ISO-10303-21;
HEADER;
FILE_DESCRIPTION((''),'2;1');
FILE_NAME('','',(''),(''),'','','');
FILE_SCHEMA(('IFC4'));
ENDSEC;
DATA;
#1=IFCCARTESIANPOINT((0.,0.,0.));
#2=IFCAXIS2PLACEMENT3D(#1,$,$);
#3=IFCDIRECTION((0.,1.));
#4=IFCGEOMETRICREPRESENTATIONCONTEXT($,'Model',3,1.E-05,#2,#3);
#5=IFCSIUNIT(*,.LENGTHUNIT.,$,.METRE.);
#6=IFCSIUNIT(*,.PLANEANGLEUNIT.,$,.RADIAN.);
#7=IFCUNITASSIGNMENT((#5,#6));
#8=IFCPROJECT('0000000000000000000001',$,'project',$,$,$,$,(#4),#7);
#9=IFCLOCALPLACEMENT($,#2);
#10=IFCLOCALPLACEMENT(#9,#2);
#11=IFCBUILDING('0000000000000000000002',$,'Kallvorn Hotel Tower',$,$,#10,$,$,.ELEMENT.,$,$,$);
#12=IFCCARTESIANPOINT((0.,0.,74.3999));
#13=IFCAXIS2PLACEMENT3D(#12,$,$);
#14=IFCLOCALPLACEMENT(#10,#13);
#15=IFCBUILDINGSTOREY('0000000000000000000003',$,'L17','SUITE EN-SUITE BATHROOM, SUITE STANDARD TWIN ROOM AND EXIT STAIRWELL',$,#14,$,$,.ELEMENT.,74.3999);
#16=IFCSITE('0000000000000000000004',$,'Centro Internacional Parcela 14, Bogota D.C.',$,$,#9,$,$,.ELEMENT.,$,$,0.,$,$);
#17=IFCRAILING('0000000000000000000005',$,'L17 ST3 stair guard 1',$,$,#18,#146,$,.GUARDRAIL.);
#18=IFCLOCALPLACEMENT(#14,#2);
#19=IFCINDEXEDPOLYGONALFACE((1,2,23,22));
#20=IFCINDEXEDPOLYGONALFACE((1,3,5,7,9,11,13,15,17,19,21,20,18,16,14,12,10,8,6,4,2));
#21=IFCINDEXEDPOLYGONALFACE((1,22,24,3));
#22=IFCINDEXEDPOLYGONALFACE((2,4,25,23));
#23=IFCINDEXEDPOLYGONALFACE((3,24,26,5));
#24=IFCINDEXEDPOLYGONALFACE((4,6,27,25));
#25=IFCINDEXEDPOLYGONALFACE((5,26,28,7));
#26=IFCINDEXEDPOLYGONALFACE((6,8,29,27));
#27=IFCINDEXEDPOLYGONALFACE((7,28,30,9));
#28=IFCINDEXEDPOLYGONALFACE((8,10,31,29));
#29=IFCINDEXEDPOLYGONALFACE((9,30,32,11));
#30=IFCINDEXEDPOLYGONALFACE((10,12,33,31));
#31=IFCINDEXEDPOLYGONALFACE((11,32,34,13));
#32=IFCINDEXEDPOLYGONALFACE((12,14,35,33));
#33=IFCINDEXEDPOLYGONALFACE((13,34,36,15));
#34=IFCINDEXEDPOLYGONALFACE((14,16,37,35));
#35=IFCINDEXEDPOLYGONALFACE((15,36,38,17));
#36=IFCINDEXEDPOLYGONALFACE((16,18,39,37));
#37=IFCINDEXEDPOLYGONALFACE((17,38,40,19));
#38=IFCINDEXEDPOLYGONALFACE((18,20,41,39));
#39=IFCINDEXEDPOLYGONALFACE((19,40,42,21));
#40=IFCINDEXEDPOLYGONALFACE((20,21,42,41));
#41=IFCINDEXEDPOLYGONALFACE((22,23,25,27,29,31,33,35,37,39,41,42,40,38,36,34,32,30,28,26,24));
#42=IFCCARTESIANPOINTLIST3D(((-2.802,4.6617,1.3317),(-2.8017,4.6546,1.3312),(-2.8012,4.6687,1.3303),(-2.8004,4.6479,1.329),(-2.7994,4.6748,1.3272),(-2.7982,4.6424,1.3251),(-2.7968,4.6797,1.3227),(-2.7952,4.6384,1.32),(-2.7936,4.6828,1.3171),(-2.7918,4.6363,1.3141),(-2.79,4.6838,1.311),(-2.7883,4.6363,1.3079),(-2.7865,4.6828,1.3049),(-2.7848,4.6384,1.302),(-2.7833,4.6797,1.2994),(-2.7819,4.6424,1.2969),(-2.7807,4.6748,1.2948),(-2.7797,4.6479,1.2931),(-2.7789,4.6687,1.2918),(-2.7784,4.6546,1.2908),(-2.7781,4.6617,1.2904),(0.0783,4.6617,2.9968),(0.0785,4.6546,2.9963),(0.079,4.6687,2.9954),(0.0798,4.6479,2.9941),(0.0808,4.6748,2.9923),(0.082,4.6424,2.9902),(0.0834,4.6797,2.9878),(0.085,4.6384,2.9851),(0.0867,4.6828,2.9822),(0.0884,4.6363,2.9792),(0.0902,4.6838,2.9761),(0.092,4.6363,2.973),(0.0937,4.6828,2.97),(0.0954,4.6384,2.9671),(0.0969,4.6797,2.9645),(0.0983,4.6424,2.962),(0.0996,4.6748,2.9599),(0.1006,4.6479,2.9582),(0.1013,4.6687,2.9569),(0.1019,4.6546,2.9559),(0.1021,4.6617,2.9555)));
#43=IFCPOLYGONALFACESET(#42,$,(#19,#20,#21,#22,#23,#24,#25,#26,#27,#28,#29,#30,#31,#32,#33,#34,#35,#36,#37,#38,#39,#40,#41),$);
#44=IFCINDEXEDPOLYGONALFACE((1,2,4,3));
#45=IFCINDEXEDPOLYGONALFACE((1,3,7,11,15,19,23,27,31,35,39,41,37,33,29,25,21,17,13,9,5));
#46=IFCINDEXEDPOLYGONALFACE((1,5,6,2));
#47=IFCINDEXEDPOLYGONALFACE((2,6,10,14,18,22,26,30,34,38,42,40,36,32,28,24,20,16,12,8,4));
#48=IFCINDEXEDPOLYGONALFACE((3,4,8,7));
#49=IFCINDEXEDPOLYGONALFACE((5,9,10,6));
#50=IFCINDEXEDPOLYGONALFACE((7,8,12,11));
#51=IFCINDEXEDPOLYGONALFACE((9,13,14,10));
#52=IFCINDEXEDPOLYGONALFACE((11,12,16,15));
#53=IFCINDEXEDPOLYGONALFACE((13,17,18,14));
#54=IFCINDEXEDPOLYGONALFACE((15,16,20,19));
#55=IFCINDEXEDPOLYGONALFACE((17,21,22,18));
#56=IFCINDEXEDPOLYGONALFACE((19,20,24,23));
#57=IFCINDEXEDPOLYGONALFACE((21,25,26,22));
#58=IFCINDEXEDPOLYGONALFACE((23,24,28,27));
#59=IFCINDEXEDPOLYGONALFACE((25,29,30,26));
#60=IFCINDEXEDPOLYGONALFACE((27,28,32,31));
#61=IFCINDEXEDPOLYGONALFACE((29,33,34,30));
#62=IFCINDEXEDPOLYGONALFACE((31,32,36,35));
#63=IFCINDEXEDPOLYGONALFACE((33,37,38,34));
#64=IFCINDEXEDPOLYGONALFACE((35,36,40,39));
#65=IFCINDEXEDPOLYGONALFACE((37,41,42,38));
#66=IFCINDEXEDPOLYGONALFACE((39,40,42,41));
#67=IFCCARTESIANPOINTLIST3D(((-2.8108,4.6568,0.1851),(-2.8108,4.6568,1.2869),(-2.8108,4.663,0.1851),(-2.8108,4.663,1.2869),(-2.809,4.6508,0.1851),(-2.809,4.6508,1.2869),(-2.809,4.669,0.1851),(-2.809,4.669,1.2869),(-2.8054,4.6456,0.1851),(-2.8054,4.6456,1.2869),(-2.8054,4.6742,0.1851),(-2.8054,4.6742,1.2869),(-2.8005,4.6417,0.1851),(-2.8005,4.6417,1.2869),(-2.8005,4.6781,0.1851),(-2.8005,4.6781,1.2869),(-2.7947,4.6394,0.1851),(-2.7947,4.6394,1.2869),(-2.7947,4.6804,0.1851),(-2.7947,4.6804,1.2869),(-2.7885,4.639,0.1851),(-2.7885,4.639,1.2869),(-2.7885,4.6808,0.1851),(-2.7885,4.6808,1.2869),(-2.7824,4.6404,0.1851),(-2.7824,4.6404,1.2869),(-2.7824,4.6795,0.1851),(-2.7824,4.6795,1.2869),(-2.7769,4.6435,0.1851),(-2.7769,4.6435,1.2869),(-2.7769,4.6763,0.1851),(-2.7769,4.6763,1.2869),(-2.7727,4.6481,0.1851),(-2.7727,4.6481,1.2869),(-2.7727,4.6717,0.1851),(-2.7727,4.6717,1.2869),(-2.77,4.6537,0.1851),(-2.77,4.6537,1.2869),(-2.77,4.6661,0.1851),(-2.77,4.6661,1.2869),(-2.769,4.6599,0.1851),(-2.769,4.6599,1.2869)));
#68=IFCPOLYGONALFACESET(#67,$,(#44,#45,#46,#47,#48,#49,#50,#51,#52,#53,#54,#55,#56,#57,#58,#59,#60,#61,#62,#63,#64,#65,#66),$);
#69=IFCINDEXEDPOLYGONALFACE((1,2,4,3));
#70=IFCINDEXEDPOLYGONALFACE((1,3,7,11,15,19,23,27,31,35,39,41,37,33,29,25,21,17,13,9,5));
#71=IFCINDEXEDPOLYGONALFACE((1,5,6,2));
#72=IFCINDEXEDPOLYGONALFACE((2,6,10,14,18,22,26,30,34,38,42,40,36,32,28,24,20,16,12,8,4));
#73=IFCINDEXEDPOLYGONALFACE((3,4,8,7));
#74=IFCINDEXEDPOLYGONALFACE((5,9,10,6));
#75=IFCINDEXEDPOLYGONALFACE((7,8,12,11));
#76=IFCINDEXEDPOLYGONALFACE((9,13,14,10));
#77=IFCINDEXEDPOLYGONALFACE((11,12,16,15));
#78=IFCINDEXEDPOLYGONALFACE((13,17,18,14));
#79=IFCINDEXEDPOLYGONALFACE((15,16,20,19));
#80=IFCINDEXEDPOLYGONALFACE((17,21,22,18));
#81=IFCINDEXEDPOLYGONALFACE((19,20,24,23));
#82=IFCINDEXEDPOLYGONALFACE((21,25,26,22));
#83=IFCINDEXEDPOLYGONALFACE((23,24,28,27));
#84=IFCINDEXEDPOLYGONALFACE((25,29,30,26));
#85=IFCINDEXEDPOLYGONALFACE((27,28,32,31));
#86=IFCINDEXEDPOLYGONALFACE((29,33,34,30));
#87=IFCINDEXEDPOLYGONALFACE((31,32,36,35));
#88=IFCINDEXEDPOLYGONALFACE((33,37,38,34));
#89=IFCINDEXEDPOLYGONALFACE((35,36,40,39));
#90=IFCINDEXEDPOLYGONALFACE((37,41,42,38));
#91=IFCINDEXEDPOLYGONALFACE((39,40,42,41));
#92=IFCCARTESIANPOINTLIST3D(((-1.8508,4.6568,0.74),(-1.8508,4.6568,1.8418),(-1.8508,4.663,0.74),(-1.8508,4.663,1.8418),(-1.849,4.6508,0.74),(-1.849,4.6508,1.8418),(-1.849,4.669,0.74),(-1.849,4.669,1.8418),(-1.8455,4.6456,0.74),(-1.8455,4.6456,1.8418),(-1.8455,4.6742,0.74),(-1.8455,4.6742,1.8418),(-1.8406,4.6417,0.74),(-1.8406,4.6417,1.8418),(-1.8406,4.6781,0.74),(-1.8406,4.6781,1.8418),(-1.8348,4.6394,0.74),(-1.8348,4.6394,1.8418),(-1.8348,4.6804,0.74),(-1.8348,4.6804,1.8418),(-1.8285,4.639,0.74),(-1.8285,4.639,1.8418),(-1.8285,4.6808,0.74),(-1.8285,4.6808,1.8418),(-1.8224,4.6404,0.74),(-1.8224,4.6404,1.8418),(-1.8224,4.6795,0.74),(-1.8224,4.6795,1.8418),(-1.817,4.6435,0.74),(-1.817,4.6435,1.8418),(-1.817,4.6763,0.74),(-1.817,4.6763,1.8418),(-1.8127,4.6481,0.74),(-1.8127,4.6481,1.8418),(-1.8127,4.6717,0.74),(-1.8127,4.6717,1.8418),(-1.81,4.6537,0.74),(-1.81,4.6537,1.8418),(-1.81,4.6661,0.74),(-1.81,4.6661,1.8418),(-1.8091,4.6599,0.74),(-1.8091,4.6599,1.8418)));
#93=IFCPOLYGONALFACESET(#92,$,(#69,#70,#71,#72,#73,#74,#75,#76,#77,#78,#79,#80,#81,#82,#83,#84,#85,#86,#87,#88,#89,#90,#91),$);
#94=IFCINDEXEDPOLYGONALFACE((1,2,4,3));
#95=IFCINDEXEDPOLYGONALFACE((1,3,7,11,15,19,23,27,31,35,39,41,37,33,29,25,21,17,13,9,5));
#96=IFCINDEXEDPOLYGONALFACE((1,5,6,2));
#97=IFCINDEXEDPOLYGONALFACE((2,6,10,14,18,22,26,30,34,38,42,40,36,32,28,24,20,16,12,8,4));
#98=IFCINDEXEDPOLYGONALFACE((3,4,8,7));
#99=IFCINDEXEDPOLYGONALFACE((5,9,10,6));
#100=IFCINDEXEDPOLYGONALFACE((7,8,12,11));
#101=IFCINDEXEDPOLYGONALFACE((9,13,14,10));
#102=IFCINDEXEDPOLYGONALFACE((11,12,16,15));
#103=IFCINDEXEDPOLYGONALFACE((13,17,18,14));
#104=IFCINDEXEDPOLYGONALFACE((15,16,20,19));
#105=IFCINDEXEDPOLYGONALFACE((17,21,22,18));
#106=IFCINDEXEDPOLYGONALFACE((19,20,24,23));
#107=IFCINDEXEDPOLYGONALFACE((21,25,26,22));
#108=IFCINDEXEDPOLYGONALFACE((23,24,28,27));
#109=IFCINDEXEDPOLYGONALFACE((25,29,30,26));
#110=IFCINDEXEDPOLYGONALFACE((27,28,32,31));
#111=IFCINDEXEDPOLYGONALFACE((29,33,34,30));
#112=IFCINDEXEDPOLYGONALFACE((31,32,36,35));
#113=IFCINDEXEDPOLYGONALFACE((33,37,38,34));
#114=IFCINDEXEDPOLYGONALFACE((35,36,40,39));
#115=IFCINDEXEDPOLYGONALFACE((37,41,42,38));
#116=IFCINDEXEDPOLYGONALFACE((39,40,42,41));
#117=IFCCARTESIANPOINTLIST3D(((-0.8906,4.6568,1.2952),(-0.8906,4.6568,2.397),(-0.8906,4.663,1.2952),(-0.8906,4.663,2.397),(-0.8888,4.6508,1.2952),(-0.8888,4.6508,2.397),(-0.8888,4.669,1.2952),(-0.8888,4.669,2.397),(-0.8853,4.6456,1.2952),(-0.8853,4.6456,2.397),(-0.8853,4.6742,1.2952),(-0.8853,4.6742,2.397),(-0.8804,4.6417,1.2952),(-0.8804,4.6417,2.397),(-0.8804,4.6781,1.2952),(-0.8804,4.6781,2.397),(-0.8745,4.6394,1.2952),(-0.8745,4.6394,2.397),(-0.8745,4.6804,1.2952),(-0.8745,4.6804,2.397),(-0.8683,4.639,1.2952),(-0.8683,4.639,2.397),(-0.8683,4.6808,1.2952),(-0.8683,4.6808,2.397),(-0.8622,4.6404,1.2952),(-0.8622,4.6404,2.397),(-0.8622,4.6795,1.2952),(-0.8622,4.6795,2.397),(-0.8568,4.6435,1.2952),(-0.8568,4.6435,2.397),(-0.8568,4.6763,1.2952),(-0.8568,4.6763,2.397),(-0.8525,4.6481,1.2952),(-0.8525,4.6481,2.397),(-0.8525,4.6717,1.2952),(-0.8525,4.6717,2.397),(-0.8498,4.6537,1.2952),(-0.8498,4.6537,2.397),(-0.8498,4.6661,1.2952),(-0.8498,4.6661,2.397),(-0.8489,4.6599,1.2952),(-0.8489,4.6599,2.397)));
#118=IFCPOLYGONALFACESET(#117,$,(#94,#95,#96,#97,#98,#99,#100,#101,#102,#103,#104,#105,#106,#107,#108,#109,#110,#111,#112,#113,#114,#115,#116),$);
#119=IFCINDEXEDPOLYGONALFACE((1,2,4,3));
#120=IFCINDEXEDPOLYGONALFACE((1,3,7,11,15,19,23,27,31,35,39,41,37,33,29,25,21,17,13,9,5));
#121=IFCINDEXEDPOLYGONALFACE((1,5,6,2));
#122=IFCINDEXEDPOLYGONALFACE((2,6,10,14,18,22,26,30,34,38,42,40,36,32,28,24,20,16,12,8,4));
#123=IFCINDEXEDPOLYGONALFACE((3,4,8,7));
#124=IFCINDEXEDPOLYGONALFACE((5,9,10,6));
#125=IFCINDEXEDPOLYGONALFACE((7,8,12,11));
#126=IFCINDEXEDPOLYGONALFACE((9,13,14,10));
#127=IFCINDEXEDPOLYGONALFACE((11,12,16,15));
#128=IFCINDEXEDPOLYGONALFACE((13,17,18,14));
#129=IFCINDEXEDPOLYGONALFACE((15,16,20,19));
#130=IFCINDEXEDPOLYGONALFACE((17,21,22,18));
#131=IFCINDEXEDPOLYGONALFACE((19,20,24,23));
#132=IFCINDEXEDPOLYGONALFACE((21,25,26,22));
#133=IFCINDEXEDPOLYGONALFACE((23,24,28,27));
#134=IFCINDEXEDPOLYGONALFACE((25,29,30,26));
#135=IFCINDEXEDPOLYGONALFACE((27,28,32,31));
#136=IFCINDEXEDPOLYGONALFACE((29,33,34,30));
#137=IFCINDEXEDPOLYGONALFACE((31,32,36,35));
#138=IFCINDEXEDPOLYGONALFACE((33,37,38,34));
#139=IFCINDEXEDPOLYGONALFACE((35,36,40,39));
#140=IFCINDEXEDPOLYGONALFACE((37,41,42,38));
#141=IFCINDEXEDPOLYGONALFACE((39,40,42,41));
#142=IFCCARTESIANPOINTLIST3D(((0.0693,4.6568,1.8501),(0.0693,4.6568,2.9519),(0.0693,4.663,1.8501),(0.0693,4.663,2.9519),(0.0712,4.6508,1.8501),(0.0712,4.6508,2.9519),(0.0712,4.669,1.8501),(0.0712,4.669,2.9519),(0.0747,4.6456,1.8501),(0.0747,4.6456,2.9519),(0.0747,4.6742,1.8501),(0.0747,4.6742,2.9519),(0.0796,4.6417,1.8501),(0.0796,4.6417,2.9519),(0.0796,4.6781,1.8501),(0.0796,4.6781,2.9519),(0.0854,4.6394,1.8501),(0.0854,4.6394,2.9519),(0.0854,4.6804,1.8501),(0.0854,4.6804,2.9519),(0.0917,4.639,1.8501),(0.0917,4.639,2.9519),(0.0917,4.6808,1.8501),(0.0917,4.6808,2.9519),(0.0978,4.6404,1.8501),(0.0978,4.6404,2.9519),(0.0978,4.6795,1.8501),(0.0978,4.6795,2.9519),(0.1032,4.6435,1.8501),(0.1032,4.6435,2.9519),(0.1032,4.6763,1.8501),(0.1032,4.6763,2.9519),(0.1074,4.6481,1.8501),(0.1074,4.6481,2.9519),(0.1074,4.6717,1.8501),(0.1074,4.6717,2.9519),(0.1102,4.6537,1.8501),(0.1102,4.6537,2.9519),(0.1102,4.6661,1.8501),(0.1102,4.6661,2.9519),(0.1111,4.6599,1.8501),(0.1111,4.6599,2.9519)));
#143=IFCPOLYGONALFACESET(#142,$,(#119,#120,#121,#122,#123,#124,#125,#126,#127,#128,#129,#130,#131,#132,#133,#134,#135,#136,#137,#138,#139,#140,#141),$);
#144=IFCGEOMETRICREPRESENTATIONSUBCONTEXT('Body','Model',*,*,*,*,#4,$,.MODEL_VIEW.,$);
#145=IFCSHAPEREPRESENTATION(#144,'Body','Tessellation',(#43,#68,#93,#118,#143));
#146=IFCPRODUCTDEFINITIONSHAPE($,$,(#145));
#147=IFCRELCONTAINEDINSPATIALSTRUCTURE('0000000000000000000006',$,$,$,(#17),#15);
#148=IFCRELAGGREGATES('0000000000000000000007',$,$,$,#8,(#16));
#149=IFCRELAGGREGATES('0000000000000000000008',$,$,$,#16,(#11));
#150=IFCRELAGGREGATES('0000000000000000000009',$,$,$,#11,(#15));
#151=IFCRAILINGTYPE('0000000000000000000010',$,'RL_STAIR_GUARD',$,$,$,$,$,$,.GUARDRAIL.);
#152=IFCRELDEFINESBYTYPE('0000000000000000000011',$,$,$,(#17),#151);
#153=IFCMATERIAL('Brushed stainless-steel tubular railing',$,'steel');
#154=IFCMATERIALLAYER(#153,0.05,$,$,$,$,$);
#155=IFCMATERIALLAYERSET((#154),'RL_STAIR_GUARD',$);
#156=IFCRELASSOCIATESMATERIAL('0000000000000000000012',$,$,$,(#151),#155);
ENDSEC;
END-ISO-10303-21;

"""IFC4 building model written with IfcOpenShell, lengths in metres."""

from ifc_helpers import new_model, si_unit, direction, frame, origin, origin_2d, place, context, subcontext, project, spatial, circle, extrude, material, layer, layer_set, type_object, element, save


model = new_model("IFC4")

# Units and contexts
model_context = context("Model", 3, precision=1e-05, world=origin(), true_north=direction((0.0, 1.0)))
body_context = subcontext(model_context, "Body", "Model", "MODEL_VIEW")
ifc_project = project(units=[si_unit("LENGTHUNIT", "METRE"), si_unit("PLANEANGLEUNIT", "RADIAN")], contexts=[model_context])

# Site, building, storey
site_placement = place(None, origin())
site = spatial("IfcSite", under=ifc_project, at=site_placement, Name="Centro Internacional Parcela 14, Bogota D.C.", CompositionType="ELEMENT", RefElevation=0.0)
building_placement = place(site_placement, origin())
building = spatial("IfcBuilding", under=site, at=building_placement, Name="Kallvorn Hotel Tower", CompositionType="ELEMENT")
storey_placement = place(building_placement, frame((0.0, 0.0, 74.3999)))
storey = spatial("IfcBuildingStorey", under=building, at=storey_placement, Name="L17", Description="SUITE EN-SUITE BATHROOM, SUITE STANDARD TWIN ROOM AND EXIT STAIRWELL", CompositionType="ELEMENT", Elevation=74.3999)

# Railing
ifc_material_1 = material(Name="Brushed stainless-steel tubular railing", Category="steel")
ifc_layer_1 = layer(ifc_material_1, 0.05)
ifc_layer_set_1 = layer_set([ifc_layer_1], Name="RL_STAIR_GUARD")
railing_type_1 = type_object("IfcRailingType", Name="RL_STAIR_GUARD", PredefinedType="GUARDRAIL", material=ifc_layer_set_1)
railing_1_placement = place(storey_placement, frame((-2.79, 4.6599, 0.1851)))
element("IfcRailing", 1, at=railing_1_placement, inside=storey, type_object=railing_type_1, Name="L17 ST3 stair guard 1", PredefinedType="GUARDRAIL", context=body_context, shape_type="SweptSolid", body=[
    extrude(circle(Radius=0.0239, at=origin_2d()), frame((0.0, 0.0, 1.126), z_axis=(0.865739, 0.0, 0.500495), x_axis=(0.0, 1.0, 0.0)), (0.0, 0.0, 1.0), 3.3269),
    extrude(circle(Radius=0.021, at=origin_2d()), origin(), (0.0, 0.0, 1.0), 1.1018),
    extrude(circle(Radius=0.021, at=origin_2d()), frame((0.96, 0.0, 0.5549)), (0.0, 0.0, 1.0), 1.1018),
    extrude(circle(Radius=0.021, at=origin_2d()), frame((1.9202, 0.0, 1.1101)), (0.0, 0.0, 1.0), 1.1018),
    extrude(circle(Radius=0.021, at=origin_2d()), frame((2.8801, 0.0, 1.665)), (0.0, 0.0, 1.0), 1.1018),
])

save(model, "model.ifc")
